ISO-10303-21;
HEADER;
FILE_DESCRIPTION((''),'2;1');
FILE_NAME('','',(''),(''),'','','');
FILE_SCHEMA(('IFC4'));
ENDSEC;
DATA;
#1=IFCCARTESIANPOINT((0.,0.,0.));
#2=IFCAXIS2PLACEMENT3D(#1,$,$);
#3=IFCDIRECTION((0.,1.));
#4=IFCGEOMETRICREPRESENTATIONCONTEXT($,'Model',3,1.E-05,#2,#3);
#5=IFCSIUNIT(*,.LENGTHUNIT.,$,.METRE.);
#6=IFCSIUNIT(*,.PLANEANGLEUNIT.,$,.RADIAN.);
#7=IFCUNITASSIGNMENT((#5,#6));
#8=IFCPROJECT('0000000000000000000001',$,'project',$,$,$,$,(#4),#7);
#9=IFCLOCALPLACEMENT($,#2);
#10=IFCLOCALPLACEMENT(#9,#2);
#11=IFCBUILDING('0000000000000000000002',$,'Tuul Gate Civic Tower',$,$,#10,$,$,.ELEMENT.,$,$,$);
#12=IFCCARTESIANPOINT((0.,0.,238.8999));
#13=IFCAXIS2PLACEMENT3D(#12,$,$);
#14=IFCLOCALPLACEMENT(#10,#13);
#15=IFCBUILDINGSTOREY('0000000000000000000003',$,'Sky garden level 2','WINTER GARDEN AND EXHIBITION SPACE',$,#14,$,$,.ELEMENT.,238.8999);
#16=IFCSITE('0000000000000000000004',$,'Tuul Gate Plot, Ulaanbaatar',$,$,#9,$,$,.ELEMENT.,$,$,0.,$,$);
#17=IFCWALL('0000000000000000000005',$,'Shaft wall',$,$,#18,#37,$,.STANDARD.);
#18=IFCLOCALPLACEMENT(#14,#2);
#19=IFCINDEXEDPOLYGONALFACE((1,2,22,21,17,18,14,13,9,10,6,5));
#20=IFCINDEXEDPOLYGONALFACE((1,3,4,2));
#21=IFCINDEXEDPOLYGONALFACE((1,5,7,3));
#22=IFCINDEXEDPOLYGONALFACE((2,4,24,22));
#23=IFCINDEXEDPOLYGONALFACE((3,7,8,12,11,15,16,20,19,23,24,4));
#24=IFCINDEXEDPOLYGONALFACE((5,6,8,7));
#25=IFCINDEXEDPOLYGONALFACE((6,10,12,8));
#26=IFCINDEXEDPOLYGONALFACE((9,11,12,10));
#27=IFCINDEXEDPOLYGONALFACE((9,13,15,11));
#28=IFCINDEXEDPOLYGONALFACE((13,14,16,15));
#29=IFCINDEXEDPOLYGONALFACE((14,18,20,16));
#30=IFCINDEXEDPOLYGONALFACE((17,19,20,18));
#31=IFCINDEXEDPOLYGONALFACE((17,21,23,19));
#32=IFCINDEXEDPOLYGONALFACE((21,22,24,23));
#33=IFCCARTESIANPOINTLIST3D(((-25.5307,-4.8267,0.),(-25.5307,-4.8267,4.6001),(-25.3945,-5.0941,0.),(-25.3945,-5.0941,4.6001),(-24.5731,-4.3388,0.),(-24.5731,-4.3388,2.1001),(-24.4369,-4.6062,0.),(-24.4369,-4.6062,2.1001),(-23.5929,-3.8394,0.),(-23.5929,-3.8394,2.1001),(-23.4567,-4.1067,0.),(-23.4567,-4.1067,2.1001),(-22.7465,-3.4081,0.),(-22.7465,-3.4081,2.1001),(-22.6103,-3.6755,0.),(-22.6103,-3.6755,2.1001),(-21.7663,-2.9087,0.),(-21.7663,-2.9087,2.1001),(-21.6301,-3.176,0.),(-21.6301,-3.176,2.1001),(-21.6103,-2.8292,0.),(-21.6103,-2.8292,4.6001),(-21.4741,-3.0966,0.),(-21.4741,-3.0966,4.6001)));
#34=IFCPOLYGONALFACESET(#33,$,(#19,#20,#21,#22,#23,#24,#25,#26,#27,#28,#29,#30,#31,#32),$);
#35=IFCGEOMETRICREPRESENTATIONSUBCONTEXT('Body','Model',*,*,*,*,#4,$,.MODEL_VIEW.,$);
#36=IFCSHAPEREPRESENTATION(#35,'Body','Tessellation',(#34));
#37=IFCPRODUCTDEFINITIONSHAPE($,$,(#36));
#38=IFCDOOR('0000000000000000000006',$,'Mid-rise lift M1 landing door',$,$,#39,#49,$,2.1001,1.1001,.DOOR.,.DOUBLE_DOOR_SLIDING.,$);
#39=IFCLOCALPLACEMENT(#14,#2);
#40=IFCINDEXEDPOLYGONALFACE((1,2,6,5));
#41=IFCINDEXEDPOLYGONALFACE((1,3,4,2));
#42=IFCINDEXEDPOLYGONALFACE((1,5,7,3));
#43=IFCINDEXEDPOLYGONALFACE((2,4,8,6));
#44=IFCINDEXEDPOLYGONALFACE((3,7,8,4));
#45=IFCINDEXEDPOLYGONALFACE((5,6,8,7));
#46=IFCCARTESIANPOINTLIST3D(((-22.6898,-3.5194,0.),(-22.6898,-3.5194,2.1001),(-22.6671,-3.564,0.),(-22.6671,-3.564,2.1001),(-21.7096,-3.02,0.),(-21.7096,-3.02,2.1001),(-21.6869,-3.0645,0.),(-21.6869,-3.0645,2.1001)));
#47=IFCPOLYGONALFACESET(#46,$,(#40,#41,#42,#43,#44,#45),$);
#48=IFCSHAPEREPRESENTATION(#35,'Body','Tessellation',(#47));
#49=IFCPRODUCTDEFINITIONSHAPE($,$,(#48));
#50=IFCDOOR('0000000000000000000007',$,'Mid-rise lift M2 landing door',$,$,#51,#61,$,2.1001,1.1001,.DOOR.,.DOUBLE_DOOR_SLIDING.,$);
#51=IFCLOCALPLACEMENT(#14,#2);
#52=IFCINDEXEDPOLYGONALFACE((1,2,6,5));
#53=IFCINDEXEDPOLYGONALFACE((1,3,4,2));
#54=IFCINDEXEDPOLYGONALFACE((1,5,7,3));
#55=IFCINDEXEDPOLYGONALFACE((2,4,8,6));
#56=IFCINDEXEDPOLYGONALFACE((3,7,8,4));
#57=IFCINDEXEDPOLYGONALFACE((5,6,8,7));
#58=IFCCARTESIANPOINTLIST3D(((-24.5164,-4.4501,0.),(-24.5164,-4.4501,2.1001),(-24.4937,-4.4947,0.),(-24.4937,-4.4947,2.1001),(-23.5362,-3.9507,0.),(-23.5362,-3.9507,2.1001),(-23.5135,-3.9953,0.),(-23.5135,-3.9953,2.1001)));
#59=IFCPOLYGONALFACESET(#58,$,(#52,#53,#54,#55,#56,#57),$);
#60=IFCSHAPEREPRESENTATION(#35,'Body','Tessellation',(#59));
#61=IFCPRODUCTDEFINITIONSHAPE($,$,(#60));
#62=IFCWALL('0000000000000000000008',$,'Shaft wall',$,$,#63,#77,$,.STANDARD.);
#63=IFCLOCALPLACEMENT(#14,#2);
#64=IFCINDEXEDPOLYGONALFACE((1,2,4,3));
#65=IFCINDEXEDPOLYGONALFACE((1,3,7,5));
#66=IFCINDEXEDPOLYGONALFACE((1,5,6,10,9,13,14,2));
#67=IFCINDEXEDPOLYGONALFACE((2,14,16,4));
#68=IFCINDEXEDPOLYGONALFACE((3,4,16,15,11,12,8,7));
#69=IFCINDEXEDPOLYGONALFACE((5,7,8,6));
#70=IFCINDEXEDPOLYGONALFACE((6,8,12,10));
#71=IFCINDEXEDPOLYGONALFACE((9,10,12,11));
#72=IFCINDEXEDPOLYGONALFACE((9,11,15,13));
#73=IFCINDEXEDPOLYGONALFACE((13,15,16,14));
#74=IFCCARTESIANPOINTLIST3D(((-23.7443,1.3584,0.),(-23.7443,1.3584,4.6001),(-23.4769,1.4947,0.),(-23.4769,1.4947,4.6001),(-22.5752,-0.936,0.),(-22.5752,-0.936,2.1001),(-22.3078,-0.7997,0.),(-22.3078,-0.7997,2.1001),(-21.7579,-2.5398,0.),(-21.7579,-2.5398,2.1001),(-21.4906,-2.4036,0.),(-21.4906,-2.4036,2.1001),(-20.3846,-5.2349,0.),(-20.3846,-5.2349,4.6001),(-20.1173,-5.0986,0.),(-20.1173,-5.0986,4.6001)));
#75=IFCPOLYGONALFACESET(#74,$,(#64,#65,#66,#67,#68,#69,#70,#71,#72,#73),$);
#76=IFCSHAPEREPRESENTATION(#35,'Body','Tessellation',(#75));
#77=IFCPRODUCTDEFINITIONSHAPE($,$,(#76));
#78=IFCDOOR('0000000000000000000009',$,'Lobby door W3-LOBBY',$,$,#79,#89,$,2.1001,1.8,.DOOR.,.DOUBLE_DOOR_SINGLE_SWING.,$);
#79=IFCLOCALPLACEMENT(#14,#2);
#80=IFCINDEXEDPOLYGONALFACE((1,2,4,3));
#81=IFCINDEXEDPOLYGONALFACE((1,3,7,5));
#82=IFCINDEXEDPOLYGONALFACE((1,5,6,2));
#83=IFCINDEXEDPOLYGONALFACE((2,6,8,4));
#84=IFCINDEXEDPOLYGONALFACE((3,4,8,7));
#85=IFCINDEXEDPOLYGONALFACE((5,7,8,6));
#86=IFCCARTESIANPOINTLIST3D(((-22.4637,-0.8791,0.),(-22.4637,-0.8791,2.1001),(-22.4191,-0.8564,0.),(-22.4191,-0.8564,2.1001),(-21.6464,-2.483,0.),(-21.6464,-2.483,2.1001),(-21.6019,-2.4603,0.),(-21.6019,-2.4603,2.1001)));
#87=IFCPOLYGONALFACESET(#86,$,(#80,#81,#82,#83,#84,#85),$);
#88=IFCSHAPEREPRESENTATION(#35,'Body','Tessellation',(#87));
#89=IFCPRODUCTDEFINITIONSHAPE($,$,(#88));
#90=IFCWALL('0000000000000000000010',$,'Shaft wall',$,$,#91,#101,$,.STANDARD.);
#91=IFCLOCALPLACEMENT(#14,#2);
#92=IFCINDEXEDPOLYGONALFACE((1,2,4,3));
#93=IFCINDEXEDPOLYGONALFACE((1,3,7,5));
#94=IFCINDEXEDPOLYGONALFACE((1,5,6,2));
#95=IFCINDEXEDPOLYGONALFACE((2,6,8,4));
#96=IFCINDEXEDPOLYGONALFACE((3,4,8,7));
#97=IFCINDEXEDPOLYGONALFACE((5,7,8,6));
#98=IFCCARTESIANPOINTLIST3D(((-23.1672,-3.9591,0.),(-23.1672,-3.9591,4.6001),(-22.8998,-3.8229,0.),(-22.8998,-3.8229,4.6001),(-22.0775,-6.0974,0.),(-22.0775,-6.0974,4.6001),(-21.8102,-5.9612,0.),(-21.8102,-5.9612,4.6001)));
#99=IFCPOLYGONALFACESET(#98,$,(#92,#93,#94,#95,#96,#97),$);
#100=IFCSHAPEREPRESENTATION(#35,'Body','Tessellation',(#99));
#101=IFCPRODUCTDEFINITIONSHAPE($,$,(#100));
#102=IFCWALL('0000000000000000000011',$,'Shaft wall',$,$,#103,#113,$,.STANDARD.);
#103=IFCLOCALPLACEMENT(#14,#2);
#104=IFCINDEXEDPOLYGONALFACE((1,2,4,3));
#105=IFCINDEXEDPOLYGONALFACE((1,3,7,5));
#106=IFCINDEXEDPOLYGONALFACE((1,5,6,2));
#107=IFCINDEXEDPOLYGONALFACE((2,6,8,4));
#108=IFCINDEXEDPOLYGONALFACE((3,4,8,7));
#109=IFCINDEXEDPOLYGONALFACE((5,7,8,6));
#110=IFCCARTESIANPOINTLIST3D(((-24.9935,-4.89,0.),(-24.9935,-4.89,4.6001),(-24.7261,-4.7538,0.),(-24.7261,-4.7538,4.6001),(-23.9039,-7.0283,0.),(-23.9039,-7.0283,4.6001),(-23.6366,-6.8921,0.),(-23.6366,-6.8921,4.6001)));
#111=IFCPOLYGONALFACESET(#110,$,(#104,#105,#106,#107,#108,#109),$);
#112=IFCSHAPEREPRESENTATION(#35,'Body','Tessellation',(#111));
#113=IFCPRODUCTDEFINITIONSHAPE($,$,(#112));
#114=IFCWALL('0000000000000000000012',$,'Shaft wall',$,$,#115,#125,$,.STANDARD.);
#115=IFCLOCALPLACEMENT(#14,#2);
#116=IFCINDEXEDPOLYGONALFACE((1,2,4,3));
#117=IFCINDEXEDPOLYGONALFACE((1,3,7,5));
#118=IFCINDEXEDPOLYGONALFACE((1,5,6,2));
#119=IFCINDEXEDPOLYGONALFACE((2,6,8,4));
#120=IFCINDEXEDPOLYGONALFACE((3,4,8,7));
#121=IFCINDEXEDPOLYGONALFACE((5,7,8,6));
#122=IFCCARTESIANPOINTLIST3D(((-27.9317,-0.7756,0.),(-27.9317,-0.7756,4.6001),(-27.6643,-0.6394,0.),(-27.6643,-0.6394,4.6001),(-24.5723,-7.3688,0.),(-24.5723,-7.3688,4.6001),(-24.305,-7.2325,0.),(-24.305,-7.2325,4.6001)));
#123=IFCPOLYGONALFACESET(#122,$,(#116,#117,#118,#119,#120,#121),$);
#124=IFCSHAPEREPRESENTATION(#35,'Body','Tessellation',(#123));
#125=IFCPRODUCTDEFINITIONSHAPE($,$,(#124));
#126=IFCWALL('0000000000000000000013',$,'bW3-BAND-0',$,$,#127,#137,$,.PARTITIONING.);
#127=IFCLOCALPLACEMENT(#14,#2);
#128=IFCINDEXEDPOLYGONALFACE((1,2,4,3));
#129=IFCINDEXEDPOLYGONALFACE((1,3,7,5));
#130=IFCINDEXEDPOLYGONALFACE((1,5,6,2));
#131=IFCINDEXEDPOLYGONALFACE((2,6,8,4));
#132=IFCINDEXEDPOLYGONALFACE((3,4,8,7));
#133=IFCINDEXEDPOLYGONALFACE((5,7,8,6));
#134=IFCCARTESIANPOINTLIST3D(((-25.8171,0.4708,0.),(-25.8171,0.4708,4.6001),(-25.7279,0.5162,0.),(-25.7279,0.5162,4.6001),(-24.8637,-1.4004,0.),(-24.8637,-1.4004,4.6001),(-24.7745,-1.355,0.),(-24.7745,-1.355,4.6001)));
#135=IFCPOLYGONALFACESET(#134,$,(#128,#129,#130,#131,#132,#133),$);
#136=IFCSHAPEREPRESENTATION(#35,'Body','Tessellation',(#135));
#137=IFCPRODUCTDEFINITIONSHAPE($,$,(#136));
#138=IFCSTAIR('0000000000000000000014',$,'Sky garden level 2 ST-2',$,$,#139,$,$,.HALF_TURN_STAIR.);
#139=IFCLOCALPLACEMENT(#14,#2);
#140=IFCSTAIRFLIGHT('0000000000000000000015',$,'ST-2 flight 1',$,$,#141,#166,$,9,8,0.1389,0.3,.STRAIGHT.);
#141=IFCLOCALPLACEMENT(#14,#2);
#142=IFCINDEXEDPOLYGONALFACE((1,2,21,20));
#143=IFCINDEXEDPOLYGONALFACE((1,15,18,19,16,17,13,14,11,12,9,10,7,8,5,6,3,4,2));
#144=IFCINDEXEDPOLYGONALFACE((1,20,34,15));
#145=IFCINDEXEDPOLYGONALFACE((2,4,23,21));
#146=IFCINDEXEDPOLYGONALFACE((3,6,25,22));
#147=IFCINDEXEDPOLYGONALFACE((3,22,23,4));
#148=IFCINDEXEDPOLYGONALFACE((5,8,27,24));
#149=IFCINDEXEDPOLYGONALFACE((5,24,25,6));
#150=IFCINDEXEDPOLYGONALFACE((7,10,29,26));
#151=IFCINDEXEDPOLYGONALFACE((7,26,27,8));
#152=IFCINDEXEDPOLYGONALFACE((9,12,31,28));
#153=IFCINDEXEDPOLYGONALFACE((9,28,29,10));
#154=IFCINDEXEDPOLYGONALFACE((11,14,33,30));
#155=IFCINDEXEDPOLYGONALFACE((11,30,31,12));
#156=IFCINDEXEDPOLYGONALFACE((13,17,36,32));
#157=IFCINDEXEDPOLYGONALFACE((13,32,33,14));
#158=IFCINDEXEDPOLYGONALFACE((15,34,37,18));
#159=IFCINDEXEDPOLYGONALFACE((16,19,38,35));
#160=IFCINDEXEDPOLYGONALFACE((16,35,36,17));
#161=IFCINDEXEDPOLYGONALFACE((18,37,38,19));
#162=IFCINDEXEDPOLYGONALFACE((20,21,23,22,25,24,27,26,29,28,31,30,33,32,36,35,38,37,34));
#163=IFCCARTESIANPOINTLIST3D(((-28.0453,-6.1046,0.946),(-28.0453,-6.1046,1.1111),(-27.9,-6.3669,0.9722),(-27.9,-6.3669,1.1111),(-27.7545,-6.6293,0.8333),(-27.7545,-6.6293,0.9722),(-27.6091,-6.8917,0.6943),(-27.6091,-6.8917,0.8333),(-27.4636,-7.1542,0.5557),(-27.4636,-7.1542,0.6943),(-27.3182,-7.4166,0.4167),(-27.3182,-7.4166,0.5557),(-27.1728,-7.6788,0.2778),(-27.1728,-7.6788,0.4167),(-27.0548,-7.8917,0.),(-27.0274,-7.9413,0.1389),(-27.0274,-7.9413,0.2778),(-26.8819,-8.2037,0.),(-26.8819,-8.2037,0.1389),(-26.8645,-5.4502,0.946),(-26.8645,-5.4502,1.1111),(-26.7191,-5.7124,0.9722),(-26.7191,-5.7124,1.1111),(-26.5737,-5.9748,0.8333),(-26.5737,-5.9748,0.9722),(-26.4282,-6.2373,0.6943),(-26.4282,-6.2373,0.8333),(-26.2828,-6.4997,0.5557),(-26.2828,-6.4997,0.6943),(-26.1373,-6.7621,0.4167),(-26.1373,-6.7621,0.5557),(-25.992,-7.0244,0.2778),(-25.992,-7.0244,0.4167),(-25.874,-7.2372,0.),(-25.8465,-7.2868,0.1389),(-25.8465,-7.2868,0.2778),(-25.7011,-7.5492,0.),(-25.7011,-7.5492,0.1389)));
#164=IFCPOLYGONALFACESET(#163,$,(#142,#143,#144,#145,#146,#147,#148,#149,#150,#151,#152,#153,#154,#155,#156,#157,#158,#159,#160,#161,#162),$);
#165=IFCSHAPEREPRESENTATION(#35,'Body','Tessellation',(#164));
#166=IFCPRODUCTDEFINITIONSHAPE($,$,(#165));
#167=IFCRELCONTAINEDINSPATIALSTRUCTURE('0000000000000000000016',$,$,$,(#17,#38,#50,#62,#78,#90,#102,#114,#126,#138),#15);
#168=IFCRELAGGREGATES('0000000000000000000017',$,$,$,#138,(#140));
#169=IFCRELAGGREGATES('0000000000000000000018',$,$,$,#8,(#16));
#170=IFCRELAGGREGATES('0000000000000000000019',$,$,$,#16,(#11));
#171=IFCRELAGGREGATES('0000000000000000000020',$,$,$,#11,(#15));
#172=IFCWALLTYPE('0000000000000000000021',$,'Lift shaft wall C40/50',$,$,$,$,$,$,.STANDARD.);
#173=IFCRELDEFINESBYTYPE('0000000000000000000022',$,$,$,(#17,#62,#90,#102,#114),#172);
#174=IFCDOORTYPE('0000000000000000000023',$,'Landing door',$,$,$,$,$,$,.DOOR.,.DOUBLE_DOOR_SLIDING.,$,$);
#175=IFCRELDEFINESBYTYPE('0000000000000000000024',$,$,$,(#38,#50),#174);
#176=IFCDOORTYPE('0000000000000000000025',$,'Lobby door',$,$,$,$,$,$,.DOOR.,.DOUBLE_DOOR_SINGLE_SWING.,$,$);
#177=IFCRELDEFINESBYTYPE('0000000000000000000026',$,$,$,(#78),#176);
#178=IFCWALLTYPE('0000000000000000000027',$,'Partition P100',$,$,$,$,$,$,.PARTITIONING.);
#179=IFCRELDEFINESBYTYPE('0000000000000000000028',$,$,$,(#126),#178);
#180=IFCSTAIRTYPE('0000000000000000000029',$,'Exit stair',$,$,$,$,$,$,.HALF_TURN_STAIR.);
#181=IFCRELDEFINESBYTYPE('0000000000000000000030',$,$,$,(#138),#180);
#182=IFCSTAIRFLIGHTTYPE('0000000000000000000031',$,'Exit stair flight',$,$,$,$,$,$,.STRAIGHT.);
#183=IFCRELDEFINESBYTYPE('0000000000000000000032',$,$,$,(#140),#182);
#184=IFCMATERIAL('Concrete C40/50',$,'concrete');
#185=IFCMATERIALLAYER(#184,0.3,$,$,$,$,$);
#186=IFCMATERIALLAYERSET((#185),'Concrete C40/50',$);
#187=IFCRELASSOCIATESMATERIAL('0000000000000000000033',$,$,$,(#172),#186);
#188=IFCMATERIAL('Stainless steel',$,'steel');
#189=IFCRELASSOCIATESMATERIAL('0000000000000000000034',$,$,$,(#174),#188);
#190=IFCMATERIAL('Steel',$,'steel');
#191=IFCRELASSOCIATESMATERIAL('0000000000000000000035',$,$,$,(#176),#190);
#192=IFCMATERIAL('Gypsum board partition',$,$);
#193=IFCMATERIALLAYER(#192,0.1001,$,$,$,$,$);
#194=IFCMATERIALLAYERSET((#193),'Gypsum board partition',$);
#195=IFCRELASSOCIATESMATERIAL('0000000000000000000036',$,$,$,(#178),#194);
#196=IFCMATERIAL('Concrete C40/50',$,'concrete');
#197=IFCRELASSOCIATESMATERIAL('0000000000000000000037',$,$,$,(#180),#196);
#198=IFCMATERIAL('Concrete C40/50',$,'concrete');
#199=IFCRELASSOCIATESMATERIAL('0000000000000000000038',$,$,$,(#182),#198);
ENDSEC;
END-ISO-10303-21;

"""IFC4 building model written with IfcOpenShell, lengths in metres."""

from ifc_helpers import new_model, si_unit, direction, frame, frame_2d, origin, place, context, subcontext, project, spatial, polyline, rectangle, outline, extrude, material, layer, layer_set, type_object, element, fill, aggregate, save


model = new_model("IFC4")

# Units and contexts
model_context = context("Model", 3, precision=1e-05, world=origin(), true_north=direction((0.0, 1.0)))
body_context = subcontext(model_context, "Body", "Model", "MODEL_VIEW")
ifc_project = project(units=[si_unit("LENGTHUNIT", "METRE"), si_unit("PLANEANGLEUNIT", "RADIAN")], contexts=[model_context])

# Site, building, storey
site_placement = place(None, origin())
site = spatial("IfcSite", under=ifc_project, at=site_placement, Name="Tuul Gate Plot, Ulaanbaatar", CompositionType="ELEMENT", RefElevation=0.0)
building_placement = place(site_placement, origin())
building = spatial("IfcBuilding", under=site, at=building_placement, Name="Tuul Gate Civic Tower", CompositionType="ELEMENT")
storey_placement = place(building_placement, frame((0.0, 0.0, 238.8999)))
storey = spatial("IfcBuildingStorey", under=building, at=storey_placement, Name="Sky garden level 2", Description="WINTER GARDEN AND EXHIBITION SPACE", CompositionType="ELEMENT", Elevation=238.8999)

# Shared definitions
ifc_material_1 = material(Name="Concrete C40/50", Category="concrete")
ifc_layer_1 = layer(ifc_material_1, 0.3)
ifc_layer_set_1 = layer_set([ifc_layer_1], Name="Concrete C40/50")
wall_type_1 = type_object("IfcWallType", Name="Lift shaft wall C40/50", PredefinedType="STANDARD", material=ifc_layer_set_1)

# Wall, openings, doors
wall_1_placement = place(storey_placement, frame((-21.5422, -2.9629, 0.0), z_axis=(0.0, 0.0, 1.0), x_axis=(-0.891006, -0.453992, 0.0)))
wall_1 = element("IfcWall", 1, at=wall_1_placement, inside=storey, type_object=wall_type_1, Name="Shaft wall", PredefinedType="STANDARD", context=body_context, shape_type="SweptSolid", body=[
    extrude(rectangle(XDim=4.3999, YDim=0.3, at=frame_2d((2.2, 0.0))), origin(), (0.0, 0.0, 1.0), 4.6001),
])
opening_1_placement = place(wall_1_placement, frame((0.175, 0.0, 0.0)))
opening_1 = element("IfcOpeningElement", 2, at=opening_1_placement, cuts=wall_1, PredefinedType="OPENING", context=body_context, shape_type="SweptSolid", body=[
    extrude(rectangle(XDim=1.1001, YDim=2.1001, at=frame_2d((0.55, 1.05))), frame((0.0, 0.1602, 0.0), z_axis=(0.0, -1.0, 0.0), x_axis=(1.0, 0.0, 0.0)), (0.0, 0.0, 1.0), 0.3201),
])
opening_2_placement = place(wall_1_placement, frame((2.2251, 0.0, 0.0)))
opening_2 = element("IfcOpeningElement", 3, at=opening_2_placement, cuts=wall_1, PredefinedType="OPENING", context=body_context, shape_type="SweptSolid", body=[
    extrude(rectangle(XDim=1.1001, YDim=2.1001, at=frame_2d((0.55, 1.05))), frame((0.0, 0.1602, 0.0), z_axis=(0.0, -1.0, 0.0), x_axis=(1.0, 0.0, 0.0)), (0.0, 0.0, 1.0), 0.3201),
])
ifc_material_2 = material(Name="Stainless steel", Category="steel")
door_type_1 = type_object("IfcDoorType", Name="Landing door", OperationType="DOUBLE_DOOR_SLIDING", PredefinedType="DOOR", material=ifc_material_2)
door_1_placement = place(opening_1_placement, origin())
door_1 = element("IfcDoor", 4, at=door_1_placement, inside=storey, type_object=door_type_1, Name="Mid-rise lift M1 landing door", OperationType="DOUBLE_DOOR_SLIDING", OverallHeight=2.1001, OverallWidth=1.1001, PredefinedType="DOOR", context=body_context, shape_type="SweptSolid", body=[
    extrude(rectangle(XDim=1.1001, YDim=2.1001, at=frame_2d((0.55, 1.05))), frame((0.0, 0.0249, 0.0), z_axis=(0.0, -1.0, 0.0), x_axis=(1.0, 0.0, 0.0)), (0.0, 0.0, 1.0), 0.05),
])
fill(opening_1, door_1)
door_2_placement = place(opening_2_placement, origin())
door_2 = element("IfcDoor", 5, at=door_2_placement, inside=storey, type_object=door_type_1, Name="Mid-rise lift M2 landing door", OperationType="DOUBLE_DOOR_SLIDING", OverallHeight=2.1001, OverallWidth=1.1001, PredefinedType="DOOR", context=body_context, shape_type="SweptSolid", body=[
    extrude(rectangle(XDim=1.1001, YDim=2.1001, at=frame_2d((0.55, 1.05))), frame((0.0, 0.0249, 0.0), z_axis=(0.0, -1.0, 0.0), x_axis=(1.0, 0.0, 0.0)), (0.0, 0.0, 1.0), 0.05),
])
fill(opening_2, door_2)

# Wall, opening, door
wall_2_placement = place(storey_placement, frame((-20.251, -5.1667, 0.0), z_axis=(0.0, 0.0, 1.0), x_axis=(-0.45401, 0.890996, 0.0)))
wall_2 = element("IfcWall", 6, at=wall_2_placement, inside=storey, type_object=wall_type_1, Name="Shaft wall", PredefinedType="STANDARD", context=body_context, shape_type="SweptSolid", body=[
    extrude(rectangle(XDim=7.3999, YDim=0.3, at=frame_2d((3.7, 0.0))), origin(), (0.0, 0.0, 1.0), 4.6001),
])
opening_3_placement = place(wall_2_placement, frame((3.0249, 0.0, 0.0)))
opening_3 = element("IfcOpeningElement", 7, at=opening_3_placement, cuts=wall_2, PredefinedType="OPENING", context=body_context, shape_type="SweptSolid", body=[
    extrude(rectangle(XDim=1.8, YDim=2.1001, at=frame_2d((0.8999, 1.05))), frame((0.0, 0.1602, 0.0), z_axis=(0.0, -1.0, 0.0), x_axis=(1.0, 0.0, 0.0)), (0.0, 0.0, 1.0), 0.3201),
])
ifc_material_3 = material(Name="Steel", Category="steel")
door_type_2 = type_object("IfcDoorType", Name="Lobby door", OperationType="DOUBLE_DOOR_SINGLE_SWING", PredefinedType="DOOR", material=ifc_material_3)
door_3_placement = place(opening_3_placement, origin())
door_3 = element("IfcDoor", 8, at=door_3_placement, inside=storey, type_object=door_type_2, Name="Lobby door W3-LOBBY", OperationType="DOUBLE_DOOR_SINGLE_SWING", OverallHeight=2.1001, OverallWidth=1.8, PredefinedType="DOOR", context=body_context, shape_type="SweptSolid", body=[
    extrude(rectangle(XDim=1.8, YDim=2.1001, at=frame_2d((0.8999, 1.05))), frame((0.0, 0.0249, 0.0), z_axis=(0.0, -1.0, 0.0), x_axis=(1.0, 0.0, 0.0)), (0.0, 0.0, 1.0), 0.05),
])
fill(opening_3, door_3)

# Walls
for number, where, z_axis, x_axis, name in (
    (9, (-21.9438, -6.0293, 0.0), (0.0, 0.0, 1.0), (-0.454037, 0.890983, 0.0), "Shaft wall"),
    (10, (-23.7703, -6.9602, 0.0), (0.0, 0.0, 1.0), (-0.453996, 0.891004, 0.0), "Shaft wall"),
):
    element("IfcWall", number, at=place(storey_placement, frame(where, z_axis=z_axis, x_axis=x_axis)), inside=storey, type_object=wall_type_1, Name=name, PredefinedType="STANDARD", context=body_context, shape_type="SweptSolid", body=[
        extrude(rectangle(XDim=2.3999, YDim=0.3, at=frame_2d((1.2, 0.0))), origin(), (0.0, 0.0, 1.0), 4.6001),
    ])
wall_3_placement = place(storey_placement, frame((-24.4387, -7.3005, 0.0), z_axis=(0.0, 0.0, 1.0), x_axis=(-0.453984, 0.89101, 0.0)))
element("IfcWall", 11, at=wall_3_placement, inside=storey, type_object=wall_type_1, Name="Shaft wall", PredefinedType="STANDARD", context=body_context, shape_type="SweptSolid", body=[
    extrude(rectangle(XDim=7.3997, YDim=0.3, at=frame_2d((3.6997, 0.0))), origin(), (0.0, 0.0, 1.0), 4.6001),
])
ifc_material_4 = material(Name="Gypsum board partition")
ifc_layer_2 = layer(ifc_material_4, 0.1001)
ifc_layer_set_2 = layer_set([ifc_layer_2], Name="Gypsum board partition")
wall_type_2 = type_object("IfcWallType", Name="Partition P100", PredefinedType="PARTITIONING", material=ifc_layer_set_2)
wall_4_placement = place(storey_placement, frame((-24.8191, -1.3777, 0.0), z_axis=(0.0, 0.0, 1.0), x_axis=(-0.45399, 0.891007, 0.0)))
element("IfcWall", 12, at=wall_4_placement, inside=storey, type_object=wall_type_2, Name="bW3-BAND-0", PredefinedType="PARTITIONING", context=body_context, shape_type="SweptSolid", body=[
    extrude(rectangle(XDim=2.1001, YDim=0.1001, at=frame_2d((1.05, 0.0))), origin(), (0.0, 0.0, 1.0), 4.6001),
])

# Stair, stair flight
ifc_material_5 = material(Name="Concrete C40/50", Category="concrete")
stair_type = type_object("IfcStairType", Name="Exit stair", PredefinedType="HALF_TURN_STAIR", material=ifc_material_5)
stair_placement = place(storey_placement, origin())
stair = element("IfcStair", 13, at=stair_placement, inside=storey, type_object=stair_type, Name="Sky garden level 2 ST-2", PredefinedType="HALF_TURN_STAIR")
ifc_material_6 = material(Name="Concrete C40/50", Category="concrete")
stair_flight_type = type_object("IfcStairFlightType", Name="Exit stair flight", PredefinedType="STRAIGHT", material=ifc_material_6)
stair_flight_1_placement = place(storey_placement, frame((-26.2915, -7.8765, 0.0), z_axis=(0.0, 0.0, 1.0), x_axis=(-0.484762, 0.874646, 0.0)))
stair_flight_1 = element("IfcStairFlight", 14, at=stair_flight_1_placement, type_object=stair_flight_type, Name="ST-2 flight 1", NumberOfRisers=9, NumberOfTreads=8, PredefinedType="STRAIGHT", RiserHeight=0.1389, TreadLength=0.3, context=body_context, shape_type="SweptSolid", body=[
    extrude(outline(polyline([(0.0, 0.0), (0.0, 0.1389), (0.3, 0.1389), (0.3, 0.2778), (0.6001, 0.2778), (0.6001, 0.4167), (0.8999, 0.4167), (0.8999, 0.5557), (1.2, 0.5557), (1.2, 0.6943), (1.5, 0.6943), (1.5, 0.8333), (1.8, 0.8333), (1.8, 0.9722), (2.1001, 0.9722), (2.1001, 1.1111), (2.3999, 1.1111), (2.3999, 1.25), (2.3999, 0.946), (0.3567, 0.0), (0.0, 0.0)])), frame((0.0, 0.675, 0.0), z_axis=(0.0, -1.0, 0.0), x_axis=(1.0, 0.0, 0.0)), (0.0, 0.0, 1.0), 1.3501),
])
aggregate(stair, [stair_flight_1])

save(model, "model.ifc")
